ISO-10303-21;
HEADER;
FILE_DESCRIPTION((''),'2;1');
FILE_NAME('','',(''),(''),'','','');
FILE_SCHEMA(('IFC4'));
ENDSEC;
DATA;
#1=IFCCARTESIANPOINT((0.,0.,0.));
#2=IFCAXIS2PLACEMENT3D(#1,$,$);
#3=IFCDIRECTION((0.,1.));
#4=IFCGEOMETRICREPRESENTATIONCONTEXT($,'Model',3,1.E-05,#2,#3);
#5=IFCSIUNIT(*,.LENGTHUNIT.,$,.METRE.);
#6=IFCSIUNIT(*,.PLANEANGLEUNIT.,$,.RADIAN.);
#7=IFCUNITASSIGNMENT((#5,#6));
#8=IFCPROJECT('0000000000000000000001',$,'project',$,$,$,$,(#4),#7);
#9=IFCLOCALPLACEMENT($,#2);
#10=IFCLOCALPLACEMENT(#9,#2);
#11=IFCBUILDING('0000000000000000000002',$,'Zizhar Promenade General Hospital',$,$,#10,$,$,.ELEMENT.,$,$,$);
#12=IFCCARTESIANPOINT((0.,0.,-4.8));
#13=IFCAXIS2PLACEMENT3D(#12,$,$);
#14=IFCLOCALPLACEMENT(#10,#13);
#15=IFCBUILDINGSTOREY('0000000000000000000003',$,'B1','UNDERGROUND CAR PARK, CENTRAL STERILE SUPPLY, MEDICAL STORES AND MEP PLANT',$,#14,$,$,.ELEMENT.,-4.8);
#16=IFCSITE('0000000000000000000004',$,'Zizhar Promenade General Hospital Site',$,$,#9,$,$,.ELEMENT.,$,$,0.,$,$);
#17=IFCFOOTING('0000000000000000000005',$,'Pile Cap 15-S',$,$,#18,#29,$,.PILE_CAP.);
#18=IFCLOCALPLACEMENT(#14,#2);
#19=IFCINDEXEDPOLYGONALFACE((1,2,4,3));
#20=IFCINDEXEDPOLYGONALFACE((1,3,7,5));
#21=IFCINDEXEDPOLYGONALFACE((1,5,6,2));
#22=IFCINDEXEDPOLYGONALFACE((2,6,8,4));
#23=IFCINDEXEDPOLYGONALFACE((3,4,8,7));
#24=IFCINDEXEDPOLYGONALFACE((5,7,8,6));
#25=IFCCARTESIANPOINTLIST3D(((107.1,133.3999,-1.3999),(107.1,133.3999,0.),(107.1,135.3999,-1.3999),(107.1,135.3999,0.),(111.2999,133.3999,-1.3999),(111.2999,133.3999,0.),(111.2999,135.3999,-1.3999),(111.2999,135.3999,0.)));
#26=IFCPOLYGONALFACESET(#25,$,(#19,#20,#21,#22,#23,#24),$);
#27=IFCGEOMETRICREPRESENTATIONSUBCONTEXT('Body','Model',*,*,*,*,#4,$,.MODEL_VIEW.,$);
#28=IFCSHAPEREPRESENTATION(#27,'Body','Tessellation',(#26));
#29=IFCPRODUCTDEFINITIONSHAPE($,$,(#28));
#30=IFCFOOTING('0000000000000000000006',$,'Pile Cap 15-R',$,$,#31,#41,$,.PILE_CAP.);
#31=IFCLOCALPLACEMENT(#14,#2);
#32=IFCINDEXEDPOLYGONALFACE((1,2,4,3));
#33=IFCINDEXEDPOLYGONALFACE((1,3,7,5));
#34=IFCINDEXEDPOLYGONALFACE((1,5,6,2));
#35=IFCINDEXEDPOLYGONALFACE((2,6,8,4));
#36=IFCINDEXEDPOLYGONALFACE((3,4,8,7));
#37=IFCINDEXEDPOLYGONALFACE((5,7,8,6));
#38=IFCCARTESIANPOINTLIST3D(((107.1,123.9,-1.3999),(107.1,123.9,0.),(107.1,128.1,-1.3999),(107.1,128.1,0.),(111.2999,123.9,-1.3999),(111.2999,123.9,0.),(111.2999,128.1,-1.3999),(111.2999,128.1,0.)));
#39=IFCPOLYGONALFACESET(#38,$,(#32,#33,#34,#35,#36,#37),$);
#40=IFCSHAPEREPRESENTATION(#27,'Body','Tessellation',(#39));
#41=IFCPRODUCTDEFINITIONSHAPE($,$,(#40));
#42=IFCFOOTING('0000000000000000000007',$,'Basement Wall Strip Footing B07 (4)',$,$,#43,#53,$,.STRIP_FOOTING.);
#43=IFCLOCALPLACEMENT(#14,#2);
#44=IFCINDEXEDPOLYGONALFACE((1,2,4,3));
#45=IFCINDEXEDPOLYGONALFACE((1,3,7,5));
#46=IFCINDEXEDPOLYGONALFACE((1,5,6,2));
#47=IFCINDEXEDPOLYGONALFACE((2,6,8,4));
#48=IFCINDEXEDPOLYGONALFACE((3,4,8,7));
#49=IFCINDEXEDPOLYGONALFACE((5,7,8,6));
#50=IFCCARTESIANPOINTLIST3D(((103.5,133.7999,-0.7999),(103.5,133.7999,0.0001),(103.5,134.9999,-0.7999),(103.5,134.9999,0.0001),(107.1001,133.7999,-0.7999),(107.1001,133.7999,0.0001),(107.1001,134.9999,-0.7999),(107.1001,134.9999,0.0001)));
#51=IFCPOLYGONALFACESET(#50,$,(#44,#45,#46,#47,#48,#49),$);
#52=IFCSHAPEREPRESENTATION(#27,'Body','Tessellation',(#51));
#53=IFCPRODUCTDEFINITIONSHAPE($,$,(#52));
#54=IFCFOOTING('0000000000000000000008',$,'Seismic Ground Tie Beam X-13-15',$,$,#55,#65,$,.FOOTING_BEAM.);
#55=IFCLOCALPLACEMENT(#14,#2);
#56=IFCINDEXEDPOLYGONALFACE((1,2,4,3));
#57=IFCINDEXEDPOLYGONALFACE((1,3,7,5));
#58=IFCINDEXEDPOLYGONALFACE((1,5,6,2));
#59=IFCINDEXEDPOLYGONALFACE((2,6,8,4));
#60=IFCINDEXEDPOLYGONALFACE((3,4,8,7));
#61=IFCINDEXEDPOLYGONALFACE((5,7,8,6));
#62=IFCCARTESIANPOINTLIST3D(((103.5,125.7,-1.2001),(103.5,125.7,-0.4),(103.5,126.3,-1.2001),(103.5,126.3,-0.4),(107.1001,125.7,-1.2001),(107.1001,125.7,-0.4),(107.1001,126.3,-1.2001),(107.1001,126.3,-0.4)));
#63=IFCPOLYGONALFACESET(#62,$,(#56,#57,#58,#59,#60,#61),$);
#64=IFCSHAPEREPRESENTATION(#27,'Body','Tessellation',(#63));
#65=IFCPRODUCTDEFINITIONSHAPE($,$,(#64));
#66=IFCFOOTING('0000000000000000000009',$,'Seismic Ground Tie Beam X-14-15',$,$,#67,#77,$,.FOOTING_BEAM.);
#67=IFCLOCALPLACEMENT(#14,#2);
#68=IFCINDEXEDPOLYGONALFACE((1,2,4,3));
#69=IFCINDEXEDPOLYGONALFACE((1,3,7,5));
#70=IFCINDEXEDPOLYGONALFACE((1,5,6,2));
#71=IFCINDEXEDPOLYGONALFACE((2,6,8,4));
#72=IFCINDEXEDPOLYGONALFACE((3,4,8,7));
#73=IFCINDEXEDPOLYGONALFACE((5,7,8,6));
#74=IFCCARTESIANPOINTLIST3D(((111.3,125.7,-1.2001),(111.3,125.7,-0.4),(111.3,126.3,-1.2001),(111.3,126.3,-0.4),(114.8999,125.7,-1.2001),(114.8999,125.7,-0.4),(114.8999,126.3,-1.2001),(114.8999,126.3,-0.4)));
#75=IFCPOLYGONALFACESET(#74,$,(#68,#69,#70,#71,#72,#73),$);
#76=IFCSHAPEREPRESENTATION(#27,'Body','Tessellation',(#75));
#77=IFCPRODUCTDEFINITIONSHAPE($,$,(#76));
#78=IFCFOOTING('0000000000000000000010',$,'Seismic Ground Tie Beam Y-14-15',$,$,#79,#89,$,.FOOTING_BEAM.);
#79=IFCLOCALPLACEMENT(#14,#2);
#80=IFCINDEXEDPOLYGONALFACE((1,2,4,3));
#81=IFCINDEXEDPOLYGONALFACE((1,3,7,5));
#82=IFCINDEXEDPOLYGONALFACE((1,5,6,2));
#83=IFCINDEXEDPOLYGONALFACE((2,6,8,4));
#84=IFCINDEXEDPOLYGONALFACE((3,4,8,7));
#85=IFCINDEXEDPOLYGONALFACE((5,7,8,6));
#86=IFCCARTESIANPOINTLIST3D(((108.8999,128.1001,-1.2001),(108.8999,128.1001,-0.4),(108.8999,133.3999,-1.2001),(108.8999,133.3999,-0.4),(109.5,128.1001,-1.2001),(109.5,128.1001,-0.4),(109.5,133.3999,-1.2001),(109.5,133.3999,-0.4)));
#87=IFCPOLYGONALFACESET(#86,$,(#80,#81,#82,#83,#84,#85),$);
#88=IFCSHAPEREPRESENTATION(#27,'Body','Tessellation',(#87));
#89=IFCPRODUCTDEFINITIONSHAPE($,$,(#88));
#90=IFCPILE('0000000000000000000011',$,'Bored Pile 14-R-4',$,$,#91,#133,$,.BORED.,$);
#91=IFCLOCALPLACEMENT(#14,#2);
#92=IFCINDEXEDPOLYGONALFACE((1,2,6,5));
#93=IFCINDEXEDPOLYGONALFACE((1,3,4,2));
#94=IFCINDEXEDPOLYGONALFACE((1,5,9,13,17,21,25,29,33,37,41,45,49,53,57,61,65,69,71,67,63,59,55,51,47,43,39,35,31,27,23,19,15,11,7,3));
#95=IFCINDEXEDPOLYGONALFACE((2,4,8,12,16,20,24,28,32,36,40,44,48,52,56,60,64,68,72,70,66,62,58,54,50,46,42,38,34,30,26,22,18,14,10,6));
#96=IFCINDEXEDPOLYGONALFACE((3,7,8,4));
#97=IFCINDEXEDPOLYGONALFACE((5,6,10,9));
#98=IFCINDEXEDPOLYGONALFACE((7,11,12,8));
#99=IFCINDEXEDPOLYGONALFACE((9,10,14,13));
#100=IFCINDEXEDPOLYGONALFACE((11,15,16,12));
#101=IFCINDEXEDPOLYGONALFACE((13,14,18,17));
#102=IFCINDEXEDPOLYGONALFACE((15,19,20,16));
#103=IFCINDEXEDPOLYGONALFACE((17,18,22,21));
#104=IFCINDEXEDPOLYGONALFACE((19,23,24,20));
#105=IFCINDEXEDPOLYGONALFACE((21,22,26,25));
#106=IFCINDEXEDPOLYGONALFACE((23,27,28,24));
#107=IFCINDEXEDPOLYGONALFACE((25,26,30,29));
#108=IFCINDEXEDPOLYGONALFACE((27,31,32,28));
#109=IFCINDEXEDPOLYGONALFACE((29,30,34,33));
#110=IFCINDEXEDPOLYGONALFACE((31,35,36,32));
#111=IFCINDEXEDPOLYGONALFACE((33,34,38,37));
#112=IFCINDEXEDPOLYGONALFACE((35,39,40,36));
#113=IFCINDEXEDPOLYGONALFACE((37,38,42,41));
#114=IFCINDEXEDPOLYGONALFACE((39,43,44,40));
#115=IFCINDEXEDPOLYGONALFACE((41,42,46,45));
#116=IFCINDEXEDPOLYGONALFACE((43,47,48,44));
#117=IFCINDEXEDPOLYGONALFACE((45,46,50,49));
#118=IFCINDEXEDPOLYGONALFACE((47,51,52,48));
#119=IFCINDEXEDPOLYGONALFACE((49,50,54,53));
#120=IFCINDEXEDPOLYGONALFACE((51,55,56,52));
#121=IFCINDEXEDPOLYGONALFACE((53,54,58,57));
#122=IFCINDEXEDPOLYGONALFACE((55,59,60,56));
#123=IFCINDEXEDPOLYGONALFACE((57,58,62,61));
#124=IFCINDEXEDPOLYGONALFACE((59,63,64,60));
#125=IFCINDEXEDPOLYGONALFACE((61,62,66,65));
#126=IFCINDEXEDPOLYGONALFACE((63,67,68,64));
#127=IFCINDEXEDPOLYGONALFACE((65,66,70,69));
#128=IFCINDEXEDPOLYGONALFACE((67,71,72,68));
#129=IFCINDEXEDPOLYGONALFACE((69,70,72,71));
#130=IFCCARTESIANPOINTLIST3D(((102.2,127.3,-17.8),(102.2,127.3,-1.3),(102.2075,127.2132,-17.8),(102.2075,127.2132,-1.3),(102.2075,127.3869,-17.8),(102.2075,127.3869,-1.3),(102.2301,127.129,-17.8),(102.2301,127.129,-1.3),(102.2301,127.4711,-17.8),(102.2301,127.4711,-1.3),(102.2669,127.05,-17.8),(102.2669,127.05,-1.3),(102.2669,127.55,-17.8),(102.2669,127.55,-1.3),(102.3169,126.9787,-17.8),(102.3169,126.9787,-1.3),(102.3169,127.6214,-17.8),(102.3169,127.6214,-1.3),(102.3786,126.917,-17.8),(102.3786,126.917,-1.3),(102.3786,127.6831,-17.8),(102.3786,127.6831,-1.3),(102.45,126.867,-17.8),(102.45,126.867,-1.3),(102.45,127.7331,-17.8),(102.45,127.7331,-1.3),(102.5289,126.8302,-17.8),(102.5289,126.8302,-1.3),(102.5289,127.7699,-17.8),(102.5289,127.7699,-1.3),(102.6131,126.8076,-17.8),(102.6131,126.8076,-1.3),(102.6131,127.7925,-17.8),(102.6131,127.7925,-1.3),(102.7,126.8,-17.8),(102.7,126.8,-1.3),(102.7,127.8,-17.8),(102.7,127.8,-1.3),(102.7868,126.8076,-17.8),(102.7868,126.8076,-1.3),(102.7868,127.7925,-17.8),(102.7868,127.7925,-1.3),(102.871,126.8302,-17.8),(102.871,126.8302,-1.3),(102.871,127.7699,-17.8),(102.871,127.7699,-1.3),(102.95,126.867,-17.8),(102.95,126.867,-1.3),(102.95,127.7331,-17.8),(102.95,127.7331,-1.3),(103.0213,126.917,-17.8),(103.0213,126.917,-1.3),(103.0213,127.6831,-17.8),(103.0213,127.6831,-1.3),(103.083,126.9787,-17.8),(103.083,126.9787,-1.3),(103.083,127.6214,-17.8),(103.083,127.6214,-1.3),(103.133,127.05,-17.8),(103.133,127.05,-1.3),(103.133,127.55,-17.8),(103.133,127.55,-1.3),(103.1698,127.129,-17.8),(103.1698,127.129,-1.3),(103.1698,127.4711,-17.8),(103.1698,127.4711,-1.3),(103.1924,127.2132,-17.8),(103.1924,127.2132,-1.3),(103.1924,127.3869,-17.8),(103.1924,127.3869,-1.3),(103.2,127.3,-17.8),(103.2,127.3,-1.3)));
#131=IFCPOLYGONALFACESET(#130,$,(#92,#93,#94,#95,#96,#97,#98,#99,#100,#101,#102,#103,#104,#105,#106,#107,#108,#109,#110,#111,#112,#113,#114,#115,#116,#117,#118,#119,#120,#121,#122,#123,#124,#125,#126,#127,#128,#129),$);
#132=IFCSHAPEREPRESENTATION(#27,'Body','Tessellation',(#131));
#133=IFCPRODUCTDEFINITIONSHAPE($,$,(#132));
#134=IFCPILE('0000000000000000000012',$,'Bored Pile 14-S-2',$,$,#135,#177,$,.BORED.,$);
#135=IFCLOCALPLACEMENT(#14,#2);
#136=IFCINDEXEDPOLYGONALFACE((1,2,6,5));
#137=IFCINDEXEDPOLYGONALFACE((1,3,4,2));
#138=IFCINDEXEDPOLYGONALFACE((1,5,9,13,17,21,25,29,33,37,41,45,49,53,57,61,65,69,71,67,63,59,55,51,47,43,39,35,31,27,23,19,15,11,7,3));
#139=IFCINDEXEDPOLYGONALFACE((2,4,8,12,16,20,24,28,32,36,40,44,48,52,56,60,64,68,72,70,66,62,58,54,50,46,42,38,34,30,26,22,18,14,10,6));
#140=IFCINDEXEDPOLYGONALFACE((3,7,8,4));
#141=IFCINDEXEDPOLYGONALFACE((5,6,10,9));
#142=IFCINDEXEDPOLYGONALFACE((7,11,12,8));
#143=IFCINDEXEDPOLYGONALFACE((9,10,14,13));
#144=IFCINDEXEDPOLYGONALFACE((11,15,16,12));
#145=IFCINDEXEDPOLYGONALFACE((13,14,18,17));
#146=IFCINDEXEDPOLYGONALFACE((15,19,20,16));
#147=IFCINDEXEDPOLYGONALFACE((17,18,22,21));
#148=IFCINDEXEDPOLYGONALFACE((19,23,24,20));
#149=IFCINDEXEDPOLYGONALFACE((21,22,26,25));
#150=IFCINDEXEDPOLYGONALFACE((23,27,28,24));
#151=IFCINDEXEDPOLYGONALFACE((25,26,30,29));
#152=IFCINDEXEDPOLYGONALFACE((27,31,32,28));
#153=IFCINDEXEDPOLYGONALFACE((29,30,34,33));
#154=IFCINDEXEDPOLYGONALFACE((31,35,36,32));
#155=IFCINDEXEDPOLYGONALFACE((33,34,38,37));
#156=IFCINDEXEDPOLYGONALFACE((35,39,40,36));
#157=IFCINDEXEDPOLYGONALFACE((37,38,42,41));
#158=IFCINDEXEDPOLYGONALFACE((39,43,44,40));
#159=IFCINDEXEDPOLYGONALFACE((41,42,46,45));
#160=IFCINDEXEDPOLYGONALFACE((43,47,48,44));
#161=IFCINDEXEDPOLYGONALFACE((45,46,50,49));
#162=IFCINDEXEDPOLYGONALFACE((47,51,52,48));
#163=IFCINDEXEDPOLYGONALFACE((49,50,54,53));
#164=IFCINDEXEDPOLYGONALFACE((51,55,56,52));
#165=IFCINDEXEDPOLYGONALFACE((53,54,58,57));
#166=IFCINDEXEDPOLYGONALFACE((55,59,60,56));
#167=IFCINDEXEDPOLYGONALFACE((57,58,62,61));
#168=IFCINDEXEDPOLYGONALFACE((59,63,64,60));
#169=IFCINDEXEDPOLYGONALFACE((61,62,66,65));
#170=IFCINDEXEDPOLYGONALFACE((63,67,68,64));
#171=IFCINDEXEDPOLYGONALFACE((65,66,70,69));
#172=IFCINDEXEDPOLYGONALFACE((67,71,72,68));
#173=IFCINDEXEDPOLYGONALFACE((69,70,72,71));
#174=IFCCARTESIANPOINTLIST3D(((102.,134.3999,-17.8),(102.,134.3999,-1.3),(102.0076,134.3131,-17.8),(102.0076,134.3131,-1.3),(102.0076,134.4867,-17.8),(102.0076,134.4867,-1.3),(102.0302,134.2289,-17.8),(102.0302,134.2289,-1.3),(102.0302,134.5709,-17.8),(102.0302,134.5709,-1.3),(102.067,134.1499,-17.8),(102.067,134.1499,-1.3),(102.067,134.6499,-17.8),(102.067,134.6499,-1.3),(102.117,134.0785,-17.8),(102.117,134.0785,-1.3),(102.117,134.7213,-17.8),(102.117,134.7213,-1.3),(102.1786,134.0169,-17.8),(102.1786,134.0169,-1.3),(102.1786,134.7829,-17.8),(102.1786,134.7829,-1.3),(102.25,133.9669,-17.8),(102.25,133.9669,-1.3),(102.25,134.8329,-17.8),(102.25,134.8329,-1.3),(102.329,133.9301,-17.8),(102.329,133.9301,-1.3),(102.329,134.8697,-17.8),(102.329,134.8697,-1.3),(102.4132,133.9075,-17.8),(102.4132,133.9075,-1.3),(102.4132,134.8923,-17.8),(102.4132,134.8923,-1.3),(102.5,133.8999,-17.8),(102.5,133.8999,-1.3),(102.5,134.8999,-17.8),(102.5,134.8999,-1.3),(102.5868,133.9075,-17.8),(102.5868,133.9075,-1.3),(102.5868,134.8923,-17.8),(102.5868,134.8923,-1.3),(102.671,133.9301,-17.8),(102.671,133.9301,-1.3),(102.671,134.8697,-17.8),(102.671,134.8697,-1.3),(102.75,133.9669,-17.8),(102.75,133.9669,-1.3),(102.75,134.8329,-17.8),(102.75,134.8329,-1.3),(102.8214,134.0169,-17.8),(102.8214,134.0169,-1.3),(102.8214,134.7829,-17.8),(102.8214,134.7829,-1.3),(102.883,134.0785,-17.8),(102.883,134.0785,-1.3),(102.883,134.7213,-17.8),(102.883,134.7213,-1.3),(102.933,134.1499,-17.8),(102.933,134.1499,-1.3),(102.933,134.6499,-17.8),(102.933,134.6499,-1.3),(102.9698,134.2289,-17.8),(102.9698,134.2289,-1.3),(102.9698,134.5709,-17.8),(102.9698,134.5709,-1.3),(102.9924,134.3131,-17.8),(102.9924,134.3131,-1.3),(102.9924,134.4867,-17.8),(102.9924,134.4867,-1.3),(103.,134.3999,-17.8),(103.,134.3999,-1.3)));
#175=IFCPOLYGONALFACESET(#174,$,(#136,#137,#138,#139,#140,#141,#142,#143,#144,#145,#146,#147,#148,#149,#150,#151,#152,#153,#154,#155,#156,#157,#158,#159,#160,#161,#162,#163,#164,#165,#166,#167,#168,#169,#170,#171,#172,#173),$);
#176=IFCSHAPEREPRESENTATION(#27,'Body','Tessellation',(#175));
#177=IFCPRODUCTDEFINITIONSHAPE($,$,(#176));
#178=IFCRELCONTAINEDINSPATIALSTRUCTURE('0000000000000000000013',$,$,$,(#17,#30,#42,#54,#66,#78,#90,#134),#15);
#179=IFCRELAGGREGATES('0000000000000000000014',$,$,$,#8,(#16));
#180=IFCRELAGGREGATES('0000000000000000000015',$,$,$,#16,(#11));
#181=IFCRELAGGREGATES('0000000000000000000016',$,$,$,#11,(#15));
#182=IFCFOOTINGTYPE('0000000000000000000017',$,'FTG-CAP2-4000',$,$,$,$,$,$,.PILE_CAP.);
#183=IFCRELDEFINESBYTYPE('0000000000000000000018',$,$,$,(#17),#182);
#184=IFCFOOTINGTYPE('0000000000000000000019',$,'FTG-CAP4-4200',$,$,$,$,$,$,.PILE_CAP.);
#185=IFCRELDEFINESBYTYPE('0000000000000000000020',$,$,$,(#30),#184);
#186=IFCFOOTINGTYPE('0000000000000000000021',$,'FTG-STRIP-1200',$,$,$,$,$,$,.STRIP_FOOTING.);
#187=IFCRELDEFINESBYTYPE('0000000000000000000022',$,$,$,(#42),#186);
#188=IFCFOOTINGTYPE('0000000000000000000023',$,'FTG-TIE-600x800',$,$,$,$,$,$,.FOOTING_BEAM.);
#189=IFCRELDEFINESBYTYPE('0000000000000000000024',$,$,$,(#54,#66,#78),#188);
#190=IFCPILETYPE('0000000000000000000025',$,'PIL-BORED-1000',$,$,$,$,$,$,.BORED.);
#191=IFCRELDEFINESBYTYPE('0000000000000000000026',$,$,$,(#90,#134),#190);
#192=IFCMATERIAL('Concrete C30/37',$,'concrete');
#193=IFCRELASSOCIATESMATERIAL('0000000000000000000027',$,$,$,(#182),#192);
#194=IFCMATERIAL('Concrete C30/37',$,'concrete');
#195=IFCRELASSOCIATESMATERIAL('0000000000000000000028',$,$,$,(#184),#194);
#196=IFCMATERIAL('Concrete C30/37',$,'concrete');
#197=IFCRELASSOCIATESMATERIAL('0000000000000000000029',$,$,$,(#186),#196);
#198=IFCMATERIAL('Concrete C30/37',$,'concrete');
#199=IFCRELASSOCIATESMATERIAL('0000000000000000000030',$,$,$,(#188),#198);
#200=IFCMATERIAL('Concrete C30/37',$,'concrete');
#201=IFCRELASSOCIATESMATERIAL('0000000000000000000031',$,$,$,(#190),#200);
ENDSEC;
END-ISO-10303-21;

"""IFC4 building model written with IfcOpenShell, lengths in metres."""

from ifc_helpers import new_model, si_unit, direction, frame, origin, origin_2d, place, context, subcontext, project, spatial, rectangle, circle, extrude, material, material_profile, profile_set, type_object, element, save


model = new_model("IFC4")

# Units and contexts
model_context = context("Model", 3, precision=1e-05, world=origin(), true_north=direction((0.0, 1.0)))
body_context = subcontext(model_context, "Body", "Model", "MODEL_VIEW")
ifc_project = project(units=[si_unit("LENGTHUNIT", "METRE"), si_unit("PLANEANGLEUNIT", "RADIAN")], contexts=[model_context])

# Site, building, storey
site_placement = place(None, origin())
site = spatial("IfcSite", under=ifc_project, at=site_placement, Name="Zizhar Promenade General Hospital Site", CompositionType="ELEMENT", RefElevation=0.0)
building_placement = place(site_placement, origin())
building = spatial("IfcBuilding", under=site, at=building_placement, Name="Zizhar Promenade General Hospital", CompositionType="ELEMENT")
storey_placement = place(building_placement, frame((0.0, 0.0, -4.8)))
storey = spatial("IfcBuildingStorey", under=building, at=storey_placement, Name="B1", Description="UNDERGROUND CAR PARK, CENTRAL STERILE SUPPLY, MEDICAL STORES AND MEP PLANT", CompositionType="ELEMENT", Elevation=-4.8)

# Footings
ifc_material_1 = material(Name="Concrete C30/37", Category="concrete")
footing_type_1 = type_object("IfcFootingType", Name="FTG-CAP2-4000", PredefinedType="PILE_CAP", material=ifc_material_1)
footing_1_placement = place(storey_placement, frame((109.2, 134.3999, -1.3999), z_axis=(0.0, 0.0, 1.0), x_axis=(1.0, 0.0, 0.0)))
element("IfcFooting", 1, at=footing_1_placement, inside=storey, type_object=footing_type_1, Name="Pile Cap 15-S", PredefinedType="PILE_CAP", context=body_context, shape_type="SweptSolid", body=[
    extrude(rectangle(XDim=4.2, YDim=2.0, at=origin_2d()), origin(), (0.0, 0.0, 1.0), 1.3999),
])
ifc_material_2 = material(Name="Concrete C30/37", Category="concrete")
footing_type_2 = type_object("IfcFootingType", Name="FTG-CAP4-4200", PredefinedType="PILE_CAP", material=ifc_material_2)
footing_2_placement = place(storey_placement, frame((109.2, 126.0, -1.3999), z_axis=(0.0, 0.0, 1.0), x_axis=(1.0, 0.0, 0.0)))
element("IfcFooting", 2, at=footing_2_placement, inside=storey, type_object=footing_type_2, Name="Pile Cap 15-R", PredefinedType="PILE_CAP", context=body_context, shape_type="SweptSolid", body=[
    extrude(rectangle(XDim=4.2, YDim=4.2, at=origin_2d()), origin(), (0.0, 0.0, 1.0), 1.3999),
])
ifc_material_3 = material(Name="Concrete C30/37", Category="concrete")
ifc_material_profile_1 = material_profile(ifc_material_3, rectangle(XDim=1.2, YDim=0.8, at=origin_2d()))
ifc_profile_set_1 = profile_set([ifc_material_profile_1], Name="Concrete C30/37")
footing_type_3 = type_object("IfcFootingType", Name="FTG-STRIP-1200", PredefinedType="STRIP_FOOTING", material=ifc_profile_set_1)
footing_3_placement = place(storey_placement, frame((107.1001, 134.3999, -0.3999), z_axis=(-1.0, 0.0, 0.0), x_axis=(0.0, -1.0, 0.0)))
element("IfcFooting", 3, at=footing_3_placement, inside=storey, type_object=footing_type_3, Name="Basement Wall Strip Footing B07 (4)", PredefinedType="STRIP_FOOTING", context=body_context, shape_type="SweptSolid", body=[
    extrude(rectangle(XDim=1.2, YDim=0.8, at=origin_2d()), origin(), (0.0, 0.0, 1.0), 3.6001),
])
ifc_material_4 = material(Name="Concrete C30/37", Category="concrete")
ifc_material_profile_2 = material_profile(ifc_material_4, rectangle(XDim=0.6001, YDim=0.8, at=origin_2d()))
ifc_profile_set_2 = profile_set([ifc_material_profile_2], Name="Concrete C30/37")
footing_type_4 = type_object("IfcFootingType", Name="FTG-TIE-600x800", PredefinedType="FOOTING_BEAM", material=ifc_profile_set_2)
footing_4_placement = place(storey_placement, frame((103.5, 126.0, -0.8), z_axis=(1.0, 0.0, 0.0), x_axis=(0.0, 1.0, 0.0)))
element("IfcFooting", 4, at=footing_4_placement, inside=storey, type_object=footing_type_4, Name="Seismic Ground Tie Beam X-13-15", PredefinedType="FOOTING_BEAM", context=body_context, shape_type="SweptSolid", body=[
    extrude(rectangle(XDim=0.6001, YDim=0.8, at=origin_2d()), origin(), (0.0, 0.0, 1.0), 3.6001),
])
footing_5_placement = place(storey_placement, frame((111.3, 126.0, -0.8), z_axis=(1.0, 0.0, 0.0), x_axis=(0.0, 1.0, 0.0)))
element("IfcFooting", 5, at=footing_5_placement, inside=storey, type_object=footing_type_4, Name="Seismic Ground Tie Beam X-14-15", PredefinedType="FOOTING_BEAM", context=body_context, shape_type="SweptSolid", body=[
    extrude(rectangle(XDim=0.6001, YDim=0.8, at=origin_2d()), origin(), (0.0, 0.0, 1.0), 3.5999),
])
footing_6_placement = place(storey_placement, frame((109.2, 128.1001, -0.8), z_axis=(0.0, 1.0, 0.0), x_axis=(-1.0, 0.0, 0.0)))
element("IfcFooting", 6, at=footing_6_placement, inside=storey, type_object=footing_type_4, Name="Seismic Ground Tie Beam Y-14-15", PredefinedType="FOOTING_BEAM", context=body_context, shape_type="SweptSolid", body=[
    extrude(rectangle(XDim=0.6001, YDim=0.8, at=origin_2d()), origin(), (0.0, 0.0, 1.0), 5.2998),
])

# Piles
ifc_material_5 = material(Name="Concrete C30/37", Category="concrete")
ifc_material_profile_3 = material_profile(ifc_material_5, circle(Radius=0.5, at=origin_2d()))
ifc_profile_set_3 = profile_set([ifc_material_profile_3], Name="Concrete C30/37")
pile_type = type_object("IfcPileType", Name="PIL-BORED-1000", PredefinedType="BORED", material=ifc_profile_set_3)
for number, where, z_axis, x_axis, name in (
    (7, (102.7, 127.3, -1.3), (0.0, 0.0, -1.0), (1.0, 0.0, 0.0), "Bored Pile 14-R-4"),
    (8, (102.5, 134.3999, -1.3), (0.0, 0.0, -1.0), (1.0, 0.0, 0.0), "Bored Pile 14-S-2"),
):
    element("IfcPile", number, at=place(storey_placement, frame(where, z_axis=z_axis, x_axis=x_axis)), inside=storey, type_object=pile_type, Name=name, PredefinedType="BORED", context=body_context, shape_type="SweptSolid", body=[
        extrude(circle(Radius=0.5, at=origin_2d()), origin(), (0.0, 0.0, 1.0), 16.5),
    ])

save(model, "model.ifc")
